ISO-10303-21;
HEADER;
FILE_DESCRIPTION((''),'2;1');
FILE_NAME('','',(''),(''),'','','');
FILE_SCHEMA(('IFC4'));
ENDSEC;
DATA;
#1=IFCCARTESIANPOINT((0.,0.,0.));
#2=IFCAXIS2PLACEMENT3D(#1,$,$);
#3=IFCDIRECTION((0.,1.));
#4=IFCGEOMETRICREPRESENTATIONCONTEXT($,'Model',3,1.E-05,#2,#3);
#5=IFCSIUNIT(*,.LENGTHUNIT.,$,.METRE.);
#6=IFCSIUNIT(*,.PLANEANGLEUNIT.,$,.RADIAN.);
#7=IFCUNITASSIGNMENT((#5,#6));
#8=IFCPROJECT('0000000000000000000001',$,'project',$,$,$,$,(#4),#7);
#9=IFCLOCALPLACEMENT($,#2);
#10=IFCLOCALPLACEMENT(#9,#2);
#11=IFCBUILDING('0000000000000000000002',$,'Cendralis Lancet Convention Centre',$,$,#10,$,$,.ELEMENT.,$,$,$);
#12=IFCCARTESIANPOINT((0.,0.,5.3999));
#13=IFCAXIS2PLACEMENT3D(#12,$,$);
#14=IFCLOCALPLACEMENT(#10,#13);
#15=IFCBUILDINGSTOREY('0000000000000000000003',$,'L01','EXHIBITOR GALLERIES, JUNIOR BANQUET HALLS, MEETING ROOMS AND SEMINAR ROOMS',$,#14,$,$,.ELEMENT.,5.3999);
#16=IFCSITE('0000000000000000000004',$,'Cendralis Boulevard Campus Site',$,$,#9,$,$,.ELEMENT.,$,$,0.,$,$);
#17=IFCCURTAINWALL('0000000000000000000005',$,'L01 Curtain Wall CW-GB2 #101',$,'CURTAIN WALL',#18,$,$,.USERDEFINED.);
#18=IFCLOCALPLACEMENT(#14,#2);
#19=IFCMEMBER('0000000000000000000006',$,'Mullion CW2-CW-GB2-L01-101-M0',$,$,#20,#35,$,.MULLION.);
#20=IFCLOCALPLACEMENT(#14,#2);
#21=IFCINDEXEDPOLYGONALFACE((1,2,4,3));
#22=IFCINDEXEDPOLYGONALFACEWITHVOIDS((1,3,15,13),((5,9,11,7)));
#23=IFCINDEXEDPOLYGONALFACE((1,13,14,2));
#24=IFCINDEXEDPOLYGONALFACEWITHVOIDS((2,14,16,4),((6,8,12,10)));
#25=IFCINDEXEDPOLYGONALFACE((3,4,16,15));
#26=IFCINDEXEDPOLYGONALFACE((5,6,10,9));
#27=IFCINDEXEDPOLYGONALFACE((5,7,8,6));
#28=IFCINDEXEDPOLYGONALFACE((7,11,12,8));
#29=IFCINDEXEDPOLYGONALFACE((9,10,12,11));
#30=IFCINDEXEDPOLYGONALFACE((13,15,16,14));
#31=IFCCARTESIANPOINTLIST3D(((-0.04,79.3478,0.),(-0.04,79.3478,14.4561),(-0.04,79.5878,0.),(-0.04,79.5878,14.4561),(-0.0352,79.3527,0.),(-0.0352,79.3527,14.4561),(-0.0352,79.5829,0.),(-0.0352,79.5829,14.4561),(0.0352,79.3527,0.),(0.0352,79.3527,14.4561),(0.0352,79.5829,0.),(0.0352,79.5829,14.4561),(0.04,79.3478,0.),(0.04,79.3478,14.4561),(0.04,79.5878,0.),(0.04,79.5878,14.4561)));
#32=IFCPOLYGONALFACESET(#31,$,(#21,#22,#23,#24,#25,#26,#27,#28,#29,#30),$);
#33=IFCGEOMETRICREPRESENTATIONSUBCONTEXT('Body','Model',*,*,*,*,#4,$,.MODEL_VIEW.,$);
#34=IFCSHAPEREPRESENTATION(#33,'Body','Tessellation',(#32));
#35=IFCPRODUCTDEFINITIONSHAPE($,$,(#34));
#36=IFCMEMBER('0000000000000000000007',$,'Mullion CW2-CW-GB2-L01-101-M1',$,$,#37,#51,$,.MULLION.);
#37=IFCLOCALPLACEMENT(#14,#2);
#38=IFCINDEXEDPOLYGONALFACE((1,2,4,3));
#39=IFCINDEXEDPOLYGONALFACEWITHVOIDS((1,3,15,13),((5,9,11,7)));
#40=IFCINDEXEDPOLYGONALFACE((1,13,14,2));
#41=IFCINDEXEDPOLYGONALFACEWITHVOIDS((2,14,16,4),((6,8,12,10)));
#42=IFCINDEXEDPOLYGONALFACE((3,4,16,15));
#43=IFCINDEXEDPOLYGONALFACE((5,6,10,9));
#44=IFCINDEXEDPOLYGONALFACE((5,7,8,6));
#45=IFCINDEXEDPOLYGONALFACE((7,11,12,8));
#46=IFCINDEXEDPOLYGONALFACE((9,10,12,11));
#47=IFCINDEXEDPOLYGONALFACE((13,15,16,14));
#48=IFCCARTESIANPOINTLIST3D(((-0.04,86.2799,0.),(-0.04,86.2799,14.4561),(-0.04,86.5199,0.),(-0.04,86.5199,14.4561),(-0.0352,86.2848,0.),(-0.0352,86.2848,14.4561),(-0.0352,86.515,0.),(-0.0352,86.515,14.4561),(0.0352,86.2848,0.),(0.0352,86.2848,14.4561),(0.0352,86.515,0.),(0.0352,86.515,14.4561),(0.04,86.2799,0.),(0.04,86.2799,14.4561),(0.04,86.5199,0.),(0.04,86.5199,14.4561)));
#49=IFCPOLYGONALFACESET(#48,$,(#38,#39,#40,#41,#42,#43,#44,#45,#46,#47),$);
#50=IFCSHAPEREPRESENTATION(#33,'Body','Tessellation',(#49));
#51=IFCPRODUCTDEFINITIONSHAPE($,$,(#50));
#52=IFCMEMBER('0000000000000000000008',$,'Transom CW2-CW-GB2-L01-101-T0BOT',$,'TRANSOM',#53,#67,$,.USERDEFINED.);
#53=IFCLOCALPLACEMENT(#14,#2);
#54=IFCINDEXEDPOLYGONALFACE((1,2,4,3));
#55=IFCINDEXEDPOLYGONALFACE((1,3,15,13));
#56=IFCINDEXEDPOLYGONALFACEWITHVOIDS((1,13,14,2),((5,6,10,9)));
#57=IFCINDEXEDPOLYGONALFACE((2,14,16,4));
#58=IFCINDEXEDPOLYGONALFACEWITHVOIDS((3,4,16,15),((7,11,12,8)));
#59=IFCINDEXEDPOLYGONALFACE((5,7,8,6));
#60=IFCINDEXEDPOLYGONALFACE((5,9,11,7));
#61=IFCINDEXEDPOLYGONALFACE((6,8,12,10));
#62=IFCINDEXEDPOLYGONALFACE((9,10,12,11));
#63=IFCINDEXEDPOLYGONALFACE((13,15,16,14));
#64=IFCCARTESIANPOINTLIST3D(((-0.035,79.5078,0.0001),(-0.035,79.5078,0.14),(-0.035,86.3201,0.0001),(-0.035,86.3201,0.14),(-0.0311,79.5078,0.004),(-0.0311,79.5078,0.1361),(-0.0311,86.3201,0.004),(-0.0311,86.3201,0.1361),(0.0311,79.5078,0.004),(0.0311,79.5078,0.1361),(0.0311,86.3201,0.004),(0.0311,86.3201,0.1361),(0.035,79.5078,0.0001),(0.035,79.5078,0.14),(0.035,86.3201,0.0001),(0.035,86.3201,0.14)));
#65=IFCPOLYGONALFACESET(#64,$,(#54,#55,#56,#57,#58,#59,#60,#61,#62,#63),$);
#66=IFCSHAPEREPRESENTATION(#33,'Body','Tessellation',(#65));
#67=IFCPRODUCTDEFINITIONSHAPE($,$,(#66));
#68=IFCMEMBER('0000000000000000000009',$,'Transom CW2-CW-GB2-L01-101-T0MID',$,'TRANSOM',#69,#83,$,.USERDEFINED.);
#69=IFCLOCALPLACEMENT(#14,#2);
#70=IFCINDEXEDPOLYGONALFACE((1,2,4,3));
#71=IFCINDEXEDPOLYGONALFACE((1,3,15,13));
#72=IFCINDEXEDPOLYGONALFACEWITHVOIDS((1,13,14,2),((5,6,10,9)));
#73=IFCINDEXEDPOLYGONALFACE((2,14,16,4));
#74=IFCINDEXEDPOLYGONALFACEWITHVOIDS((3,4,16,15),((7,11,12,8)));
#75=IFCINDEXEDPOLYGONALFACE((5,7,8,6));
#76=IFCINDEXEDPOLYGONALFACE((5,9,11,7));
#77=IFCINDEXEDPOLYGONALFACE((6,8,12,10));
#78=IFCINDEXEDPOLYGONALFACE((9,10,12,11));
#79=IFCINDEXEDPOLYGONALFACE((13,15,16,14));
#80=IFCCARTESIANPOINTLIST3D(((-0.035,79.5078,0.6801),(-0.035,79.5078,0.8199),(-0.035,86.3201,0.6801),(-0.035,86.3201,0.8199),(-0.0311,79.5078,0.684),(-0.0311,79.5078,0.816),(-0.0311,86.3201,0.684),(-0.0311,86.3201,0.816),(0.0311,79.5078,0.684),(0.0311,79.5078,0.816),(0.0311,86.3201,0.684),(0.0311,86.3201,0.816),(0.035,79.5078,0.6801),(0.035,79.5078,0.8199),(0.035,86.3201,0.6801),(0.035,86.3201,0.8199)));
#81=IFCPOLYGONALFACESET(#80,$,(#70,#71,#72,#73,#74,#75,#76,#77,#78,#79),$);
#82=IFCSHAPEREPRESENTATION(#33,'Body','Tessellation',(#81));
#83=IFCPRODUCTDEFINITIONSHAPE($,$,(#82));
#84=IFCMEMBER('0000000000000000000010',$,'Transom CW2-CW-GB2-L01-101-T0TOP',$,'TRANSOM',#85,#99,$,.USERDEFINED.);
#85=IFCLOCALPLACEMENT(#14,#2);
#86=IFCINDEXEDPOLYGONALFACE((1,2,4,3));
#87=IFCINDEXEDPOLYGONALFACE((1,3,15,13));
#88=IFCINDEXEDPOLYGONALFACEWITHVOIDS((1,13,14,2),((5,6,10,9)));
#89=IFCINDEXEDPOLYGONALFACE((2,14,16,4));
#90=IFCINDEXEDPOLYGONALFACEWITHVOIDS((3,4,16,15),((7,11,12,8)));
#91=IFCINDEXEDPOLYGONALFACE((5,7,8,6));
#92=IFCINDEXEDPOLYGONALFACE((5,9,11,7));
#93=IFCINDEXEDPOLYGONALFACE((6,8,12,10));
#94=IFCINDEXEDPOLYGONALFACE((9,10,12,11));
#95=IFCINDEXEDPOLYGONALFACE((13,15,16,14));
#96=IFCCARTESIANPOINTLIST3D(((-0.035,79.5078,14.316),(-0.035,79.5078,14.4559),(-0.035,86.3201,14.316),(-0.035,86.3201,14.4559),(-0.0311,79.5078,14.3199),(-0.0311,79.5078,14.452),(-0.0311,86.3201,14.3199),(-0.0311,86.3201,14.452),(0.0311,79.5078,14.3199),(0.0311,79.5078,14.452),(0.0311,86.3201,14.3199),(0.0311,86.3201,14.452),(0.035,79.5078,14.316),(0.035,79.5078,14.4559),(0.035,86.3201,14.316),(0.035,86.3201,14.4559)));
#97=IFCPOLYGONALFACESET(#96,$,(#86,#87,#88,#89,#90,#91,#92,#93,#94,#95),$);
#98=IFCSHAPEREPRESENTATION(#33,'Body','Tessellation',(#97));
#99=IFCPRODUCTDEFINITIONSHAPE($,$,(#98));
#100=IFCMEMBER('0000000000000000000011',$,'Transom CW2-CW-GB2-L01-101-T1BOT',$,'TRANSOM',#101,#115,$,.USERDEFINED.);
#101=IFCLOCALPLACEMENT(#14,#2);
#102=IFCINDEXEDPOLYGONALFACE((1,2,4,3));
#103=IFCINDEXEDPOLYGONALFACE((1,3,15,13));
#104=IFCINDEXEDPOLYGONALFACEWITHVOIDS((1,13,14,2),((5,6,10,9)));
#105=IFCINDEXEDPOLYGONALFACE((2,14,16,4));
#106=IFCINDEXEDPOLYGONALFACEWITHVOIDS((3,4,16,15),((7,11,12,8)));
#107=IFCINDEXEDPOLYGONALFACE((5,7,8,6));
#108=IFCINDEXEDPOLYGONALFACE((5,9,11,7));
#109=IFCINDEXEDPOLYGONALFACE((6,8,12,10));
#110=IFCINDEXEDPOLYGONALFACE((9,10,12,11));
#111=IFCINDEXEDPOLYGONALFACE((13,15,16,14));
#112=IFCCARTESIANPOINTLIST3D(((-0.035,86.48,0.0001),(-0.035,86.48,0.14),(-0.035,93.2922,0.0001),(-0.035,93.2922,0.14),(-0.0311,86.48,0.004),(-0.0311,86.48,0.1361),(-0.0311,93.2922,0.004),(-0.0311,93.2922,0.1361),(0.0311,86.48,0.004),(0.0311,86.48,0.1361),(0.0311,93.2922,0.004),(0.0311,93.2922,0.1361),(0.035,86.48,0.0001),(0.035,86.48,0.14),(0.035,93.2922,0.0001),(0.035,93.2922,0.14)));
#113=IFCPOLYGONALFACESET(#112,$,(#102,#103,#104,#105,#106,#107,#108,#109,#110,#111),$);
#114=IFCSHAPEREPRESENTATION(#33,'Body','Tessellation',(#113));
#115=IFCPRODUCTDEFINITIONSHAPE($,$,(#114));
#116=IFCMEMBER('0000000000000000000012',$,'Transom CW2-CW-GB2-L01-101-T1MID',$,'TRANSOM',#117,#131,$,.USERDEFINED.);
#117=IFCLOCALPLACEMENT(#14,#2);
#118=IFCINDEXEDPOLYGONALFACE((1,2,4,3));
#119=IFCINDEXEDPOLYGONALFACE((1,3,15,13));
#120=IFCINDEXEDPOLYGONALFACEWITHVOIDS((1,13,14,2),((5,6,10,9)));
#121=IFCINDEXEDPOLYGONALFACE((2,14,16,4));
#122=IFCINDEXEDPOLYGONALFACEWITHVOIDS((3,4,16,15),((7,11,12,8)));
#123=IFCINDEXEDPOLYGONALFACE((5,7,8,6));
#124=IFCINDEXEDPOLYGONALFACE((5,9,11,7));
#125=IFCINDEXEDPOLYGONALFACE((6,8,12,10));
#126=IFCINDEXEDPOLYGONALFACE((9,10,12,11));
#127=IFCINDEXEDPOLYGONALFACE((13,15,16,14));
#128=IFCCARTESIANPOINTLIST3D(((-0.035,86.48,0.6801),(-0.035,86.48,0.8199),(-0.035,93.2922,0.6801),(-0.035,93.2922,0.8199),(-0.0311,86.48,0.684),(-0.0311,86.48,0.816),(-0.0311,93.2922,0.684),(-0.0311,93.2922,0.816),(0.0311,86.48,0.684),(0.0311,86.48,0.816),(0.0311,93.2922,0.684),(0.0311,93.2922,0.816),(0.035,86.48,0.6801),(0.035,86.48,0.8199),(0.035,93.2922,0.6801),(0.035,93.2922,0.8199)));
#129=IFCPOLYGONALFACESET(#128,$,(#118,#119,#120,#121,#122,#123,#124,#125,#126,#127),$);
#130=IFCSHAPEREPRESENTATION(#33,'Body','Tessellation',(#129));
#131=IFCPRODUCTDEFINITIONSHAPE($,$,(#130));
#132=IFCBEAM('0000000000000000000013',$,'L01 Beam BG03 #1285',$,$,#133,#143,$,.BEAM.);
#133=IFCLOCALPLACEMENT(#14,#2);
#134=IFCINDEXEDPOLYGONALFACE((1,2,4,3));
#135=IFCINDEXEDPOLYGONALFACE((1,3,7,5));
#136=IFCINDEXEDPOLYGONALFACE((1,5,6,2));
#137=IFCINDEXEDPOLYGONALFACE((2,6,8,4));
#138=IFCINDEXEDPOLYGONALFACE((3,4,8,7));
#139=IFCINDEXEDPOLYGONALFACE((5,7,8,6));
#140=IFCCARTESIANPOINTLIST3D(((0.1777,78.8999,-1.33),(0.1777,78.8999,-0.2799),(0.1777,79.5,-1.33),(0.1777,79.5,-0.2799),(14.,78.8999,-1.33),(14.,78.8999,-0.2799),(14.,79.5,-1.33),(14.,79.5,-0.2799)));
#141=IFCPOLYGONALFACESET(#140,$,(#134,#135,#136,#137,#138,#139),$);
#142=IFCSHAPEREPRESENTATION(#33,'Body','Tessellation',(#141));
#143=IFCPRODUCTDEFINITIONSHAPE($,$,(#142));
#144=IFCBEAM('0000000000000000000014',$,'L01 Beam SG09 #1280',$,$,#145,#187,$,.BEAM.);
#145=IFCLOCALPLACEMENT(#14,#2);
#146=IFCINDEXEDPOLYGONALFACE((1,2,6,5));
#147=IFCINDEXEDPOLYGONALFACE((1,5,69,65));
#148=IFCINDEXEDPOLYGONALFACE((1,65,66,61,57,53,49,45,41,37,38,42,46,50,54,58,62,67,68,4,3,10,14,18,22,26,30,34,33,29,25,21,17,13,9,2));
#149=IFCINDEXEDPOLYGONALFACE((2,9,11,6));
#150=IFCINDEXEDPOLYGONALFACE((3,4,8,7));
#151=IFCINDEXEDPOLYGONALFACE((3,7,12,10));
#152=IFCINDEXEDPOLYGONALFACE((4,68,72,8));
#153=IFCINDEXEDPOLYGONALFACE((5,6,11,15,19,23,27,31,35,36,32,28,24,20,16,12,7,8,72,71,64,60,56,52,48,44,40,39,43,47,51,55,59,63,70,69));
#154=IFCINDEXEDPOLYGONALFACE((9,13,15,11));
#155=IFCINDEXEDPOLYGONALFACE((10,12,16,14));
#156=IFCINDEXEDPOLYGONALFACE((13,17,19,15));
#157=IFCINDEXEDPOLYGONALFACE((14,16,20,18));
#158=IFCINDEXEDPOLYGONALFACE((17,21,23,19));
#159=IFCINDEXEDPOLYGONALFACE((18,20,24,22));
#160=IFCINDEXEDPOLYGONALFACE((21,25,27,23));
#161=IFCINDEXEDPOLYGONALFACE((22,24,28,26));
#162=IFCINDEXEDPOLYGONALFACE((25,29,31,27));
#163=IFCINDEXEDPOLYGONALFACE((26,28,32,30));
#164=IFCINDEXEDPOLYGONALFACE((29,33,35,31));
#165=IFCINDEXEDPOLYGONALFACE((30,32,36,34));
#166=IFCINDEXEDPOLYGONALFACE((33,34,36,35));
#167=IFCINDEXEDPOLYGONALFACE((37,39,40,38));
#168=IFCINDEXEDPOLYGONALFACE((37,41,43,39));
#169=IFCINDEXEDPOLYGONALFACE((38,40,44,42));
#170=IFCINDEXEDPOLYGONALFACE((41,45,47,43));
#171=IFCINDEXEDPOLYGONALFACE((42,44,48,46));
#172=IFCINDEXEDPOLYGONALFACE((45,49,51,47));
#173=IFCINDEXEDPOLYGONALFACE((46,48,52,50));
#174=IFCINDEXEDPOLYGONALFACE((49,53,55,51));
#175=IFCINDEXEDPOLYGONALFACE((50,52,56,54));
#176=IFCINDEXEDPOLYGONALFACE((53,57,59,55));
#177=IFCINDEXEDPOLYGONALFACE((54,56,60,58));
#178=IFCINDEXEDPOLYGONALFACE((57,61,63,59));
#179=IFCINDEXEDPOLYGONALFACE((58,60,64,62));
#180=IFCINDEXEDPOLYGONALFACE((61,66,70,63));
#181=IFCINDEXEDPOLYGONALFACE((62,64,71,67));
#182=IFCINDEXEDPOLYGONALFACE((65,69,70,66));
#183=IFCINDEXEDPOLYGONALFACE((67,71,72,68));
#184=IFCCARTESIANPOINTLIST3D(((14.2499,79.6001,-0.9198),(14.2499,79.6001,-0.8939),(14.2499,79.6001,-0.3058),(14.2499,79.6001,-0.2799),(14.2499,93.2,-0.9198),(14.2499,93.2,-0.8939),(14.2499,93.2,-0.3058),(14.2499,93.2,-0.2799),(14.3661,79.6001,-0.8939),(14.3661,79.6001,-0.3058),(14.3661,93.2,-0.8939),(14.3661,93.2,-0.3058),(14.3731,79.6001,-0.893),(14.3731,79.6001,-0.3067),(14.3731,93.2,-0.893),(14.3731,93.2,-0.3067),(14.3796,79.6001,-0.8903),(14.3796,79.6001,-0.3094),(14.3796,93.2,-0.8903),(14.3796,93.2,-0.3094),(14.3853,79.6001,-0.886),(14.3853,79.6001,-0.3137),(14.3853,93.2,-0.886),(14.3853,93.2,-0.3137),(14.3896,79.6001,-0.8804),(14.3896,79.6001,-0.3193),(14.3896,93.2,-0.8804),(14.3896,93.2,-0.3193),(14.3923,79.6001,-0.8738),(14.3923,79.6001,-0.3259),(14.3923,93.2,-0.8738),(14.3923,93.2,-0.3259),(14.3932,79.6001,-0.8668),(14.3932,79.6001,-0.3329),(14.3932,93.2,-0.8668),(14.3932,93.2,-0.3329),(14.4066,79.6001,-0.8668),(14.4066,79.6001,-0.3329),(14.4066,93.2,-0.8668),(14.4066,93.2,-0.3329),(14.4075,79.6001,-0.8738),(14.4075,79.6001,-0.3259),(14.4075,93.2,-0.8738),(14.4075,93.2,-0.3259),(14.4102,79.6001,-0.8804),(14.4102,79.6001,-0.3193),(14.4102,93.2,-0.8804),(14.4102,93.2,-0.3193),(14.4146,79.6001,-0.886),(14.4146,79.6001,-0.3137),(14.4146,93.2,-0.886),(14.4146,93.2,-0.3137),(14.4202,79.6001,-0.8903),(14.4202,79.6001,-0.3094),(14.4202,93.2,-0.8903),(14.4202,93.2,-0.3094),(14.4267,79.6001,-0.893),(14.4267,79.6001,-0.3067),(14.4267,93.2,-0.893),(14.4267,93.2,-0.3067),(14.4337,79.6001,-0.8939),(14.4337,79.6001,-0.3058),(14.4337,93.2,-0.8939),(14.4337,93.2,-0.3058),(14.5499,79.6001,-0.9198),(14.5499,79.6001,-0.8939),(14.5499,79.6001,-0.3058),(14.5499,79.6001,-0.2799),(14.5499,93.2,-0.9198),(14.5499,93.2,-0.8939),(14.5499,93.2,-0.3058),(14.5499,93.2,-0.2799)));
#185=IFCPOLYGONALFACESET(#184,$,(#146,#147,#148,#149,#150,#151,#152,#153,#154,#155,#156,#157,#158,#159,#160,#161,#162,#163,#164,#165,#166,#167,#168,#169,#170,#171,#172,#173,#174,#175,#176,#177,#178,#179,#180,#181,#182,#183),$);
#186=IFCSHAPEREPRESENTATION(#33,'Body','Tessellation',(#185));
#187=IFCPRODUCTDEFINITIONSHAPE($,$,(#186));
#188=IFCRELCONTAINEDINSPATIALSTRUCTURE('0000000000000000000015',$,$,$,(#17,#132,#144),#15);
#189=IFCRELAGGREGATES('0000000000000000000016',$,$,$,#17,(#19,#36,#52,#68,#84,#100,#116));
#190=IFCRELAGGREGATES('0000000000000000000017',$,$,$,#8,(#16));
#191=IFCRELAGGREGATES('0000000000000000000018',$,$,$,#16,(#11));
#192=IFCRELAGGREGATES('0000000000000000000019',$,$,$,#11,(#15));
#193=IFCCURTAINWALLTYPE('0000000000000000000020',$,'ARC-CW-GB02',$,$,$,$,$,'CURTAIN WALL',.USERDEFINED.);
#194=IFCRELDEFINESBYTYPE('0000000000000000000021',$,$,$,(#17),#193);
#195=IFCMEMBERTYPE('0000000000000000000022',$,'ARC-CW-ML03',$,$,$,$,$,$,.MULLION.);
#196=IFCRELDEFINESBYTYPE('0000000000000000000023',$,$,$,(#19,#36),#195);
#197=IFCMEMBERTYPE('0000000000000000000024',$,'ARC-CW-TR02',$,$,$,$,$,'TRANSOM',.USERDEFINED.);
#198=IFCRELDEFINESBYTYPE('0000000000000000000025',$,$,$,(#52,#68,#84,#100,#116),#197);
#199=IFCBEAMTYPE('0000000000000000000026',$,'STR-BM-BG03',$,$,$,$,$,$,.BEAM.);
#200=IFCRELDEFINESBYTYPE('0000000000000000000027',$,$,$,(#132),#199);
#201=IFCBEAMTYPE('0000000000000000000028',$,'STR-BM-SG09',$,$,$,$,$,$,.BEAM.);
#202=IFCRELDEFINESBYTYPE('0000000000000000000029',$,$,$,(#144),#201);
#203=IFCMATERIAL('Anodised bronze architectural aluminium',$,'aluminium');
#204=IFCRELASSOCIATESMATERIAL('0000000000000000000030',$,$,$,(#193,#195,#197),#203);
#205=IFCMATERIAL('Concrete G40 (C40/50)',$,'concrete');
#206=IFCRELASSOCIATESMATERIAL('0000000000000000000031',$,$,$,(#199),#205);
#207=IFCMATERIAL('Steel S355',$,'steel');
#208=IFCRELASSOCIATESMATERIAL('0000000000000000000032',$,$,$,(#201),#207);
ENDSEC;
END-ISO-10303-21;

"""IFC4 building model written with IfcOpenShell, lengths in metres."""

from ifc_helpers import new_model, si_unit, direction, frame, origin, origin_2d, place, context, subcontext, project, spatial, rectangle, hollow_rectangle, i_section, extrude, material, material_profile, profile_set, type_object, element, aggregate, save


model = new_model("IFC4")

# Units and contexts
model_context = context("Model", 3, precision=1e-05, world=origin(), true_north=direction((0.0, 1.0)))
body_context = subcontext(model_context, "Body", "Model", "MODEL_VIEW")
ifc_project = project(units=[si_unit("LENGTHUNIT", "METRE"), si_unit("PLANEANGLEUNIT", "RADIAN")], contexts=[model_context])

# Site, building, storey
site_placement = place(None, origin())
site = spatial("IfcSite", under=ifc_project, at=site_placement, Name="Cendralis Boulevard Campus Site", CompositionType="ELEMENT", RefElevation=0.0)
building_placement = place(site_placement, origin())
building = spatial("IfcBuilding", under=site, at=building_placement, Name="Cendralis Lancet Convention Centre", CompositionType="ELEMENT")
storey_placement = place(building_placement, frame((0.0, 0.0, 5.3999)))
storey = spatial("IfcBuildingStorey", under=building, at=storey_placement, Name="L01", Description="EXHIBITOR GALLERIES, JUNIOR BANQUET HALLS, MEETING ROOMS AND SEMINAR ROOMS", CompositionType="ELEMENT", Elevation=5.3999)

# Curtain wall, members
ifc_material_1 = material(Name="Anodised bronze architectural aluminium", Category="aluminium")
curtain_wall_type = type_object("IfcCurtainWallType", Name="ARC-CW-GB02", ElementType="CURTAIN WALL", PredefinedType="USERDEFINED", material=ifc_material_1)
curtain_wall_placement = place(storey_placement, origin())
curtain_wall = element("IfcCurtainWall", 1, at=curtain_wall_placement, inside=storey, type_object=curtain_wall_type, Name="L01 Curtain Wall CW-GB2 #101", ObjectType="CURTAIN WALL", PredefinedType="USERDEFINED")
ifc_material_profile_1 = material_profile(ifc_material_1, hollow_rectangle(XDim=0.0801, YDim=0.24, WallThickness=0.0049, at=origin_2d()), Name="AL-MULL 80x240x5.0")
ifc_profile_set_1 = profile_set([ifc_material_profile_1], Name="Anodised bronze architectural aluminium")
member_type_1 = type_object("IfcMemberType", Name="ARC-CW-ML03", PredefinedType="MULLION", material=ifc_profile_set_1)
member_1_placement = place(storey_placement, frame((0.0, 79.4678, 0.0), z_axis=(0.0, 0.0, 1.0), x_axis=(1.0, 0.0, 0.0)))
member_1 = element("IfcMember", 2, at=member_1_placement, type_object=member_type_1, Name="Mullion CW2-CW-GB2-L01-101-M0", PredefinedType="MULLION", context=body_context, shape_type="SweptSolid", body=[
    extrude(hollow_rectangle(XDim=0.0801, YDim=0.24, WallThickness=0.0049, at=origin_2d()), origin(), (0.0, 0.0, 1.0), 14.4561),
])
member_2_placement = place(storey_placement, frame((0.0, 86.3999, 0.0), z_axis=(0.0, 0.0, 1.0), x_axis=(1.0, 0.0, 0.0)))
member_2 = element("IfcMember", 3, at=member_2_placement, type_object=member_type_1, Name="Mullion CW2-CW-GB2-L01-101-M1", PredefinedType="MULLION", context=body_context, shape_type="SweptSolid", body=[
    extrude(hollow_rectangle(XDim=0.0801, YDim=0.24, WallThickness=0.0049, at=origin_2d()), origin(), (0.0, 0.0, 1.0), 14.4561),
])
ifc_material_profile_2 = material_profile(ifc_material_1, hollow_rectangle(XDim=0.0701, YDim=0.1399, WallThickness=0.0039, at=origin_2d()), Name="AL-TRAN 70x140x4.0")
ifc_profile_set_2 = profile_set([ifc_material_profile_2], Name="Anodised bronze architectural aluminium")
member_type_2 = type_object("IfcMemberType", Name="ARC-CW-TR02", ElementType="TRANSOM", PredefinedType="USERDEFINED", material=ifc_profile_set_2)
member_3_placement = place(storey_placement, frame((0.0, 79.5078, 0.0701), z_axis=(0.0, 1.0, 0.0), x_axis=(-1.0, 0.0, 0.0)))
member_3 = element("IfcMember", 4, at=member_3_placement, type_object=member_type_2, Name="Transom CW2-CW-GB2-L01-101-T0BOT", ObjectType="TRANSOM", PredefinedType="USERDEFINED", context=body_context, shape_type="SweptSolid", body=[
    extrude(hollow_rectangle(XDim=0.0701, YDim=0.1399, WallThickness=0.0039, at=origin_2d()), origin(), (0.0, 0.0, 1.0), 6.8123),
])
member_4_placement = place(storey_placement, frame((0.0, 79.5078, 0.75), z_axis=(0.0, 1.0, 0.0), x_axis=(-1.0, 0.0, 0.0)))
member_4 = element("IfcMember", 5, at=member_4_placement, type_object=member_type_2, Name="Transom CW2-CW-GB2-L01-101-T0MID", ObjectType="TRANSOM", PredefinedType="USERDEFINED", context=body_context, shape_type="SweptSolid", body=[
    extrude(hollow_rectangle(XDim=0.0701, YDim=0.1399, WallThickness=0.0039, at=origin_2d()), origin(), (0.0, 0.0, 1.0), 6.8123),
])
member_5_placement = place(storey_placement, frame((0.0, 79.5078, 14.386), z_axis=(0.0, 1.0, 0.0), x_axis=(-1.0, 0.0, 0.0)))
member_5 = element("IfcMember", 6, at=member_5_placement, type_object=member_type_2, Name="Transom CW2-CW-GB2-L01-101-T0TOP", ObjectType="TRANSOM", PredefinedType="USERDEFINED", context=body_context, shape_type="SweptSolid", body=[
    extrude(hollow_rectangle(XDim=0.0701, YDim=0.1399, WallThickness=0.0039, at=origin_2d()), origin(), (0.0, 0.0, 1.0), 6.8123),
])
member_6_placement = place(storey_placement, frame((0.0, 86.48, 0.0701), z_axis=(0.0, 1.0, 0.0), x_axis=(-1.0, 0.0, 0.0)))
member_6 = element("IfcMember", 7, at=member_6_placement, type_object=member_type_2, Name="Transom CW2-CW-GB2-L01-101-T1BOT", ObjectType="TRANSOM", PredefinedType="USERDEFINED", context=body_context, shape_type="SweptSolid", body=[
    extrude(hollow_rectangle(XDim=0.0701, YDim=0.1399, WallThickness=0.0039, at=origin_2d()), origin(), (0.0, 0.0, 1.0), 6.8123),
])
member_7_placement = place(storey_placement, frame((0.0, 86.48, 0.75), z_axis=(0.0, 1.0, 0.0), x_axis=(-1.0, 0.0, 0.0)))
member_7 = element("IfcMember", 8, at=member_7_placement, type_object=member_type_2, Name="Transom CW2-CW-GB2-L01-101-T1MID", ObjectType="TRANSOM", PredefinedType="USERDEFINED", context=body_context, shape_type="SweptSolid", body=[
    extrude(hollow_rectangle(XDim=0.0701, YDim=0.1399, WallThickness=0.0039, at=origin_2d()), origin(), (0.0, 0.0, 1.0), 6.8123),
])

# Beams
ifc_material_2 = material(Name="Concrete G40 (C40/50)", Category="concrete")
ifc_material_profile_3 = material_profile(ifc_material_2, rectangle(XDim=0.6001, YDim=1.05, at=origin_2d()), Name="RCB 600x1050")
ifc_profile_set_3 = profile_set([ifc_material_profile_3], Name="Concrete G40 (C40/50)")
beam_type_1 = type_object("IfcBeamType", Name="STR-BM-BG03", PredefinedType="BEAM", material=ifc_profile_set_3)
beam_1_placement = place(storey_placement, frame((0.1777, 79.2, -0.8049), z_axis=(1.0, 0.0, 0.0), x_axis=(0.0, 1.0, 0.0)))
element("IfcBeam", 9, at=beam_1_placement, inside=storey, type_object=beam_type_1, Name="L01 Beam BG03 #1285", PredefinedType="BEAM", context=body_context, shape_type="SweptSolid", body=[
    extrude(rectangle(XDim=0.6001, YDim=1.05, at=origin_2d()), origin(), (0.0, 0.0, 1.0), 13.8223),
])
ifc_material_3 = material(Name="Steel S355", Category="steel")
ifc_material_profile_4 = material_profile(ifc_material_3, i_section(OverallWidth=0.3, OverallDepth=0.6399, WebThickness=0.0134, FlangeThickness=0.0259, FilletRadius=0.0271, at=origin_2d()), Name="HEA 650")
ifc_profile_set_4 = profile_set([ifc_material_profile_4], Name="Steel S355")
beam_type_2 = type_object("IfcBeamType", Name="STR-BM-SG09", PredefinedType="BEAM", material=ifc_profile_set_4)
beam_2_placement = place(storey_placement, frame((14.3999, 79.6001, -0.5999), z_axis=(0.0, 1.0, 0.0), x_axis=(-1.0, 0.0, 0.0)))
element("IfcBeam", 10, at=beam_2_placement, inside=storey, type_object=beam_type_2, Name="L01 Beam SG09 #1280", PredefinedType="BEAM", context=body_context, shape_type="SweptSolid", body=[
    extrude(i_section(OverallWidth=0.3, OverallDepth=0.6399, WebThickness=0.0134, FlangeThickness=0.0259, FilletRadius=0.0271, at=origin_2d()), origin(), (0.0, 0.0, 1.0), 13.5999),
])

aggregate(curtain_wall, [member_1, member_2, member_3, member_4, member_5, member_6, member_7])

save(model, "model.ifc")
